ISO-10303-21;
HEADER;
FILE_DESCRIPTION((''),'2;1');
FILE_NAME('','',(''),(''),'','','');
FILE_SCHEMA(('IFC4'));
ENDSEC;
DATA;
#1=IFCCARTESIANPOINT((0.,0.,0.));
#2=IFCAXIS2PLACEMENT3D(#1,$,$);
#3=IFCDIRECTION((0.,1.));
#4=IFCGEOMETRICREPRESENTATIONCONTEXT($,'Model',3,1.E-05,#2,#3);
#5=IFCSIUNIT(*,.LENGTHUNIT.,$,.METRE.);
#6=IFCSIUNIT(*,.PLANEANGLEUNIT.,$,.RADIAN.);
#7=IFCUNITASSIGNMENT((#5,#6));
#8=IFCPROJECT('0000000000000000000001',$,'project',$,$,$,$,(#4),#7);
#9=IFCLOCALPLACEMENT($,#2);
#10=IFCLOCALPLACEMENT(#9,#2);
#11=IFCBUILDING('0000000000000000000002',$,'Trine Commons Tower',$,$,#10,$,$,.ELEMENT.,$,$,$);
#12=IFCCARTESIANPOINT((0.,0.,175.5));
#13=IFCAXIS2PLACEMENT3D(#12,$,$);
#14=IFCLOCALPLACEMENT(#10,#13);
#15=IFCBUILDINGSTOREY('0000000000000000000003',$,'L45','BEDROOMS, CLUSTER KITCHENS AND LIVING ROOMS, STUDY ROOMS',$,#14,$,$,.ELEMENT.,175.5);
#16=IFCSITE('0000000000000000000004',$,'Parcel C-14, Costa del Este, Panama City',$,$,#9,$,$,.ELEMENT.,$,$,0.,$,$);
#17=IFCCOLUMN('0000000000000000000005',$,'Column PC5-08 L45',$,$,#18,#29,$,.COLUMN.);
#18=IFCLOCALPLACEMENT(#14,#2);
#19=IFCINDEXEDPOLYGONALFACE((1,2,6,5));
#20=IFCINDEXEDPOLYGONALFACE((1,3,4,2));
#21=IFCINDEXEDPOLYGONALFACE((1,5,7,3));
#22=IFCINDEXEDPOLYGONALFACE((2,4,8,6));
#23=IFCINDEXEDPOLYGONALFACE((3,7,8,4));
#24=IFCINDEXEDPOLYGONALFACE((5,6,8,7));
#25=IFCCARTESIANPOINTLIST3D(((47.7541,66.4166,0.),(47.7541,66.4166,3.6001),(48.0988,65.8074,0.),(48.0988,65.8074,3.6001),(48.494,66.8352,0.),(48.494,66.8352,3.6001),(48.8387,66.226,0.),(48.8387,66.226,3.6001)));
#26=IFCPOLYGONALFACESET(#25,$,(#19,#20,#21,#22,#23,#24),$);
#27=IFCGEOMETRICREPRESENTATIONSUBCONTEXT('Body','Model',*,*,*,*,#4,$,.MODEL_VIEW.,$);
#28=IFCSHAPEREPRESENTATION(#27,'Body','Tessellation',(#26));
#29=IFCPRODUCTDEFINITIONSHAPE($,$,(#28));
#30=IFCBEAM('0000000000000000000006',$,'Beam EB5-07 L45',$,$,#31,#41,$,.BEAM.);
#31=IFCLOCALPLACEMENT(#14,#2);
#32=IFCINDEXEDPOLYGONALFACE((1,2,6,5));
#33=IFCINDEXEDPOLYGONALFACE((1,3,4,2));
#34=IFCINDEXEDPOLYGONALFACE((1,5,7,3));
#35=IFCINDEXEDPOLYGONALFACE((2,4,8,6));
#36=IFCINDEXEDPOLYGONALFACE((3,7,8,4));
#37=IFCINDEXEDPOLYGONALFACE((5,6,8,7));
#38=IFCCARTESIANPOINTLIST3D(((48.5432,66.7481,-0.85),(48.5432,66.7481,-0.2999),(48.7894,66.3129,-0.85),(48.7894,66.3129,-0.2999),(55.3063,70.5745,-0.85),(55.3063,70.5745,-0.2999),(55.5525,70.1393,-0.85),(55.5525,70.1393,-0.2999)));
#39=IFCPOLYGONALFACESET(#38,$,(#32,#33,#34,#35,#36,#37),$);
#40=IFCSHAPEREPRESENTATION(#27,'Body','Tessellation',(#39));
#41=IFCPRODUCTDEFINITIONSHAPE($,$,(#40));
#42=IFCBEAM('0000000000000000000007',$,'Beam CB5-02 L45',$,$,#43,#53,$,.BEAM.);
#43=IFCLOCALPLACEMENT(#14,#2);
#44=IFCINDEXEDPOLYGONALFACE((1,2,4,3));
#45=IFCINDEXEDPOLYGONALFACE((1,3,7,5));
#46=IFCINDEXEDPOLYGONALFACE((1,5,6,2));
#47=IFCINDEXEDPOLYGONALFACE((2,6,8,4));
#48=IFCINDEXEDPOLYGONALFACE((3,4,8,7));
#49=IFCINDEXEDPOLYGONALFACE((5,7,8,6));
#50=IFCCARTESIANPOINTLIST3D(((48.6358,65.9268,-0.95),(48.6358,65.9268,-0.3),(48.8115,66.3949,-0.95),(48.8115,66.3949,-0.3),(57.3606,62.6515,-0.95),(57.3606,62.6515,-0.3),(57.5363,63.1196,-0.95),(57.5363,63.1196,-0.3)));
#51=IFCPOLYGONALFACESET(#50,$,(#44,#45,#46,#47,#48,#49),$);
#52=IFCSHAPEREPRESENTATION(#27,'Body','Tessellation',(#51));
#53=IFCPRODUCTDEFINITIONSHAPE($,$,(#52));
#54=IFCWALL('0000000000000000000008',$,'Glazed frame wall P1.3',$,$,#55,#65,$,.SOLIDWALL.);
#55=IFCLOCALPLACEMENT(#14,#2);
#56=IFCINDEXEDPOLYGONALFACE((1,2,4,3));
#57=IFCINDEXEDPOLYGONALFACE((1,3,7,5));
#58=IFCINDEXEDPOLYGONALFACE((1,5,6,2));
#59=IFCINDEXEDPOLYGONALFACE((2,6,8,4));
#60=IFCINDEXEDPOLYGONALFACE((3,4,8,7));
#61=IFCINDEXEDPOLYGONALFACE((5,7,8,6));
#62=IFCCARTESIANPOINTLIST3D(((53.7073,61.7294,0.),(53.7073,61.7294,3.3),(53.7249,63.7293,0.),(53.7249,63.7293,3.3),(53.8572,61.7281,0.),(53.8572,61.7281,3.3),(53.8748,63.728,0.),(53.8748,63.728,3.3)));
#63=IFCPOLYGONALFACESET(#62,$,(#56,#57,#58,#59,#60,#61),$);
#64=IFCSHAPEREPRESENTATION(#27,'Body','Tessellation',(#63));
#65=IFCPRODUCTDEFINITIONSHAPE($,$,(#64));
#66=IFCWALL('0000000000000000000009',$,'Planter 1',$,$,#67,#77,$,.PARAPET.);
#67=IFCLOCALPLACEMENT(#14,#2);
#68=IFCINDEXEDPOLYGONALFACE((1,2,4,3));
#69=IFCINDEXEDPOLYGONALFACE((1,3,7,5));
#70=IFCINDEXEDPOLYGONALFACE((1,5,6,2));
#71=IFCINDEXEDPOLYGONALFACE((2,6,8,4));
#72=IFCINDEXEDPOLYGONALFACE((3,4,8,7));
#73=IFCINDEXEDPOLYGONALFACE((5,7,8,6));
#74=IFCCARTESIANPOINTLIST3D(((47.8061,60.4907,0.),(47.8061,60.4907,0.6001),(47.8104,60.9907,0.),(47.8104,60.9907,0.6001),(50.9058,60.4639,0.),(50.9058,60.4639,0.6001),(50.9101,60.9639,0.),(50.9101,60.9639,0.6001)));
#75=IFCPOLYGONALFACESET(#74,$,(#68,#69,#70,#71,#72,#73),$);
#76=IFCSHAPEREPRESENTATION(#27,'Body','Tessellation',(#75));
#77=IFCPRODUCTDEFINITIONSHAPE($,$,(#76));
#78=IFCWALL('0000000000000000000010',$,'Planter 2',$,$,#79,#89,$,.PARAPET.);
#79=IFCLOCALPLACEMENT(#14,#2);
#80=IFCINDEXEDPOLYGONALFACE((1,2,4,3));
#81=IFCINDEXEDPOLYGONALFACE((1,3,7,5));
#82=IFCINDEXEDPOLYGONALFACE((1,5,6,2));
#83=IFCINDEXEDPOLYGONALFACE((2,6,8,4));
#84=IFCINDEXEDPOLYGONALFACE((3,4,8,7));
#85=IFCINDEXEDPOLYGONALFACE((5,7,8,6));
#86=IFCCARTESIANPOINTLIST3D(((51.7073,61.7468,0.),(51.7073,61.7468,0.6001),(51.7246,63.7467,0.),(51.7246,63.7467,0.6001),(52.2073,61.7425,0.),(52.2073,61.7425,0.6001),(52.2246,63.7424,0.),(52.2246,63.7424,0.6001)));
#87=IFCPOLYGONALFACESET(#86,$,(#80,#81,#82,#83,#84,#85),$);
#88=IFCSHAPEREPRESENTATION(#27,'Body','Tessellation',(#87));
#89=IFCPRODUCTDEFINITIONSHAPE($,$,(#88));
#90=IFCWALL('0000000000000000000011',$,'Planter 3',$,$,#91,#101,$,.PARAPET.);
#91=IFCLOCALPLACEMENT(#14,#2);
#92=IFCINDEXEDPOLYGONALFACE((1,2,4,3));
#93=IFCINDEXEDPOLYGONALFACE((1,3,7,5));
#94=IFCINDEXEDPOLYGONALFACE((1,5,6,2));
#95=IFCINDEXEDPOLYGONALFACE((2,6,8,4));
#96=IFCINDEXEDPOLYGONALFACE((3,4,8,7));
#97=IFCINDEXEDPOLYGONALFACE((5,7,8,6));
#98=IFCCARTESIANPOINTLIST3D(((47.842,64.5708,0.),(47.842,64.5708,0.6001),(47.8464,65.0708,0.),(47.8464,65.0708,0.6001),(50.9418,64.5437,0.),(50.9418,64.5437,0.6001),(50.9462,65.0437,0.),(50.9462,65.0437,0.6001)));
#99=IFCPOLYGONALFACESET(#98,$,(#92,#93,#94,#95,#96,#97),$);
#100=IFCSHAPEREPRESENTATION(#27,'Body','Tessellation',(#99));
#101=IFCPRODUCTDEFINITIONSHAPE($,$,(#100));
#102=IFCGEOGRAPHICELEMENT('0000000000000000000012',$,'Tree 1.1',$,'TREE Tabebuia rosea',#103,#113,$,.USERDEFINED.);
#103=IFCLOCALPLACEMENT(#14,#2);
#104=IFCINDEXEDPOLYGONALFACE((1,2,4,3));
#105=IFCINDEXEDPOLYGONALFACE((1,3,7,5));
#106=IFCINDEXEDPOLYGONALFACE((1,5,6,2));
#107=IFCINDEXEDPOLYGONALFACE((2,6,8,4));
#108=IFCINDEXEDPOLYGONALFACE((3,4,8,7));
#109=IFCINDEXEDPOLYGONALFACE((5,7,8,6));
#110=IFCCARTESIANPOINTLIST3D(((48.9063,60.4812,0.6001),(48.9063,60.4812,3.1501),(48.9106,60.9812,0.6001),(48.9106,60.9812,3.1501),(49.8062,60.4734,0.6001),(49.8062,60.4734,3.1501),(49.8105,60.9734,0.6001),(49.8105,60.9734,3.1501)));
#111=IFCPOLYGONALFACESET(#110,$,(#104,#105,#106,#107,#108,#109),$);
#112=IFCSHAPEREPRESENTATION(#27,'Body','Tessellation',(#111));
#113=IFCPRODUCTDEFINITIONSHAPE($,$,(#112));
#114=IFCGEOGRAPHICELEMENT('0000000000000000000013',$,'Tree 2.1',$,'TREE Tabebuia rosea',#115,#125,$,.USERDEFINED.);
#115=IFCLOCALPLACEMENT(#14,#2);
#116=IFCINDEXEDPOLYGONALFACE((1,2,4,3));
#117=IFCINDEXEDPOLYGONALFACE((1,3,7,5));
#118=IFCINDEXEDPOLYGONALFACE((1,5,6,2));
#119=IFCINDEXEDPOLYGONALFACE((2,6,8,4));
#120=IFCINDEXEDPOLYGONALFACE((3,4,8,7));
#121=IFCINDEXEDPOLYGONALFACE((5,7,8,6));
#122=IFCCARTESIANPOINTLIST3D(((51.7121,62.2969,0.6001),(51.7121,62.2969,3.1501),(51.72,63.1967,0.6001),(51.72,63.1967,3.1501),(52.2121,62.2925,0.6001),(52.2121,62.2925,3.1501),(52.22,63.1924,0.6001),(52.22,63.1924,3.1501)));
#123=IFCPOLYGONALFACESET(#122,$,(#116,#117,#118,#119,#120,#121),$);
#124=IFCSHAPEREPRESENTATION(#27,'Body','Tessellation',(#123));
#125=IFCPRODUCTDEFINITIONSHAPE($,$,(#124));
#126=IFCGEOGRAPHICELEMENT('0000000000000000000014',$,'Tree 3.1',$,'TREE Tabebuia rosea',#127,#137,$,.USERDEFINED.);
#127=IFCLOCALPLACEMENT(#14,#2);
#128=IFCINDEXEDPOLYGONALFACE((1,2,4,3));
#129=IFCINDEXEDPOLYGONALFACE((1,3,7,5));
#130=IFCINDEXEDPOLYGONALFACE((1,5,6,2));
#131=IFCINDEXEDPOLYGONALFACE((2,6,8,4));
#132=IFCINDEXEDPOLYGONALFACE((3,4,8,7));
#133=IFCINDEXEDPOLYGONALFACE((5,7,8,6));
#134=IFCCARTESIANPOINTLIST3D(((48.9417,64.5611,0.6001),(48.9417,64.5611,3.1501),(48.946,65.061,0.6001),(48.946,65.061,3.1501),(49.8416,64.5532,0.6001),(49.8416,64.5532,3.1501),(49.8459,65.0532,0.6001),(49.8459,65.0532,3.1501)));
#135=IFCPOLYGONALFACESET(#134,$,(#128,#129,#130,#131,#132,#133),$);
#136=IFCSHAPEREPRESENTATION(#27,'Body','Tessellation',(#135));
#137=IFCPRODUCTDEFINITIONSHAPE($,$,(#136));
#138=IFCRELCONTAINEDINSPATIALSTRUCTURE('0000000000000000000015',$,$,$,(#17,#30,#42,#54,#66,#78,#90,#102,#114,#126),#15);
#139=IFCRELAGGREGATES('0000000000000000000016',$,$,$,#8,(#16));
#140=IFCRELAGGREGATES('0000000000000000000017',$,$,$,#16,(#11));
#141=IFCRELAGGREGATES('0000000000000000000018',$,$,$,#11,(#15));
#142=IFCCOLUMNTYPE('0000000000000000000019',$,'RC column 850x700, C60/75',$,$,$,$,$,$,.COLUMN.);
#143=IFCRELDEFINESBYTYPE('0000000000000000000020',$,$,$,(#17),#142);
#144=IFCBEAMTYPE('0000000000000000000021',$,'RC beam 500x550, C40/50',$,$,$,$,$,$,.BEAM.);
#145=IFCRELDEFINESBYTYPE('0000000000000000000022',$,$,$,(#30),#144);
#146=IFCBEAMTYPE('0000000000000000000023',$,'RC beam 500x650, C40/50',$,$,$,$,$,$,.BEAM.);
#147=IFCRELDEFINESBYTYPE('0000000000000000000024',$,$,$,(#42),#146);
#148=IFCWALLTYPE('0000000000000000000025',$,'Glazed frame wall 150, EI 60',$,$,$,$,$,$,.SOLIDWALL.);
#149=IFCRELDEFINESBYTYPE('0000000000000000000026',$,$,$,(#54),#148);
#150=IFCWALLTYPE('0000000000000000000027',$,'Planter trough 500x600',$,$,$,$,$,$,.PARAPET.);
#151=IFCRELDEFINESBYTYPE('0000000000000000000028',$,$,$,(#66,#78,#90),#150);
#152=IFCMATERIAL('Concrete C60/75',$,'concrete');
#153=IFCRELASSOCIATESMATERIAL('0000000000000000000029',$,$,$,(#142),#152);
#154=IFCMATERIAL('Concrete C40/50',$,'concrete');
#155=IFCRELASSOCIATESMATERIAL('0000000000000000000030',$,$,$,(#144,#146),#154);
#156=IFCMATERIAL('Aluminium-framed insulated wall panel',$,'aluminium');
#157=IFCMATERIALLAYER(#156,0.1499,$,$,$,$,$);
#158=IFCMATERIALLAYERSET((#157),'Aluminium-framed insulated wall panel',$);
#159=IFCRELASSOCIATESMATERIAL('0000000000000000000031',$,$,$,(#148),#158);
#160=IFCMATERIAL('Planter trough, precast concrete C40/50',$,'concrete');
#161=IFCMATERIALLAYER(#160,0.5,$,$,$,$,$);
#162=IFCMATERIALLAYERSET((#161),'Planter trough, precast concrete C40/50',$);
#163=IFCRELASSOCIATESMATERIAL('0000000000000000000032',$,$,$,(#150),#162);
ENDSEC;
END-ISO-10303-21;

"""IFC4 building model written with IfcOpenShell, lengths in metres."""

from ifc_helpers import new_model, si_unit, direction, frame, frame_2d, origin, origin_2d, place, context, subcontext, project, spatial, polyline, rectangle, outline, extrude, material, layer, layer_set, material_profile, profile_set, type_object, element, save


model = new_model("IFC4")

# Units and contexts
model_context = context("Model", 3, precision=1e-05, world=origin(), true_north=direction((0.0, 1.0)))
body_context = subcontext(model_context, "Body", "Model", "MODEL_VIEW")
ifc_project = project(units=[si_unit("LENGTHUNIT", "METRE"), si_unit("PLANEANGLEUNIT", "RADIAN")], contexts=[model_context])

# Site, building, storey
site_placement = place(None, origin())
site = spatial("IfcSite", under=ifc_project, at=site_placement, Name="Parcel C-14, Costa del Este, Panama City", CompositionType="ELEMENT", RefElevation=0.0)
building_placement = place(site_placement, origin())
building = spatial("IfcBuilding", under=site, at=building_placement, Name="Trine Commons Tower", CompositionType="ELEMENT")
storey_placement = place(building_placement, frame((0.0, 0.0, 175.5)))
storey = spatial("IfcBuildingStorey", under=building, at=storey_placement, Name="L45", Description="BEDROOMS, CLUSTER KITCHENS AND LIVING ROOMS, STUDY ROOMS", CompositionType="ELEMENT", Elevation=175.5)

# Column
ifc_material_1 = material(Name="Concrete C60/75", Category="concrete")
ifc_material_profile_1 = material_profile(ifc_material_1, rectangle(XDim=0.8501, YDim=0.7, at=origin_2d()), Name="RC 850x700")
ifc_profile_set_1 = profile_set([ifc_material_profile_1], Name="Concrete C60/75")
column_type = type_object("IfcColumnType", Name="RC column 850x700, C60/75", PredefinedType="COLUMN", material=ifc_profile_set_1)
column_placement = place(storey_placement, frame((48.2964, 66.3213, 0.0), z_axis=(0.0, 0.0, 1.0), x_axis=(0.870356, 0.492424, 0.0)))
element("IfcColumn", 1, at=column_placement, inside=storey, type_object=column_type, Name="Column PC5-08 L45", PredefinedType="COLUMN", context=body_context, shape_type="SweptSolid", body=[
    extrude(rectangle(XDim=0.8501, YDim=0.7, at=origin_2d()), origin(), (0.0, 0.0, 1.0), 3.6001),
])

# Beams
ifc_material_2 = material(Name="Concrete C40/50", Category="concrete")
ifc_material_profile_2 = material_profile(ifc_material_2, rectangle(XDim=0.5, YDim=0.55, at=origin_2d()), Name="RC 500x550")
ifc_profile_set_2 = profile_set([ifc_material_profile_2], Name="Concrete C40/50")
beam_type_1 = type_object("IfcBeamType", Name="RC beam 500x550, C40/50", PredefinedType="BEAM", material=ifc_profile_set_2)
beam_1_placement = place(storey_placement, frame((48.6663, 66.5305, -0.575), z_axis=(0.870356, 0.492423, 0.0), x_axis=(-0.492423, 0.870356, 0.0)))
element("IfcBeam", 2, at=beam_1_placement, inside=storey, type_object=beam_type_1, Name="Beam EB5-07 L45", PredefinedType="BEAM", context=body_context, shape_type="SweptSolid", body=[
    extrude(rectangle(XDim=0.5, YDim=0.55, at=origin_2d()), origin(), (0.0, 0.0, 1.0), 7.7705),
])
ifc_material_profile_3 = material_profile(ifc_material_2, rectangle(XDim=0.5, YDim=0.6499, at=origin_2d()), Name="RC 500x650")
ifc_profile_set_3 = profile_set([ifc_material_profile_3], Name="Concrete C40/50")
beam_type_2 = type_object("IfcBeamType", Name="RC beam 500x650, C40/50", PredefinedType="BEAM", material=ifc_profile_set_3)
beam_2_placement = place(storey_placement, frame((48.7236, 66.1609, -0.625), z_axis=(0.936203, -0.351459, 0.0), x_axis=(0.351459, 0.936203, 0.0)))
element("IfcBeam", 3, at=beam_2_placement, inside=storey, type_object=beam_type_2, Name="Beam CB5-02 L45", PredefinedType="BEAM", context=body_context, shape_type="SweptSolid", body=[
    extrude(rectangle(XDim=0.5, YDim=0.6499, at=origin_2d()), origin(), (0.0, 0.0, 1.0), 9.3193),
])

# Wall
ifc_material_3 = material(Name="Aluminium-framed insulated wall panel", Category="aluminium")
ifc_layer_1 = layer(ifc_material_3, 0.1499)
ifc_layer_set_1 = layer_set([ifc_layer_1], Name="Aluminium-framed insulated wall panel")
wall_type_1 = type_object("IfcWallType", Name="Glazed frame wall 150, EI 60", PredefinedType="SOLIDWALL", material=ifc_layer_set_1)
wall_1_placement = place(storey_placement, frame((53.7822, 61.7288, 0.0), z_axis=(0.0, 0.0, 1.0), x_axis=(0.008789, 0.999961, 0.0)))
element("IfcWall", 4, at=wall_1_placement, inside=storey, type_object=wall_type_1, Name="Glazed frame wall P1.3", PredefinedType="SOLIDWALL", context=body_context, shape_type="SweptSolid", body=[
    extrude(outline(polyline([(0.0, -0.075), (2.0, -0.075), (2.0, 0.075), (0.0, 0.075), (0.0, -0.075)])), origin(), (0.0, 0.0, 1.0), 3.3),
])

# Walls
ifc_material_4 = material(Name="Planter trough, precast concrete C40/50", Category="concrete")
ifc_layer_2 = layer(ifc_material_4, 0.5)
ifc_layer_set_2 = layer_set([ifc_layer_2], Name="Planter trough, precast concrete C40/50")
wall_type_2 = type_object("IfcWallType", Name="Planter trough 500x600", PredefinedType="PARAPET", material=ifc_layer_set_2)
wall_2_placement = place(storey_placement, frame((47.8083, 60.7407, 0.0), z_axis=(0.0, 0.0, 1.0), x_axis=(0.999962, -0.008663, 0.0)))
element("IfcWall", 5, at=wall_2_placement, inside=storey, type_object=wall_type_2, Name="Planter 1", PredefinedType="PARAPET", context=body_context, shape_type="SweptSolid", body=[
    extrude(rectangle(XDim=3.0999, YDim=0.5, at=frame_2d((1.5498, 0.0))), origin(), (0.0, 0.0, 1.0), 0.6001),
])
wall_3_placement = place(storey_placement, frame((51.9573, 61.7446, 0.0), z_axis=(0.0, 0.0, 1.0), x_axis=(0.008667, 0.999962, 0.0)))
element("IfcWall", 6, at=wall_3_placement, inside=storey, type_object=wall_type_2, Name="Planter 2", PredefinedType="PARAPET", context=body_context, shape_type="SweptSolid", body=[
    extrude(rectangle(XDim=2.0, YDim=0.5, at=frame_2d((1.0, 0.0))), origin(), (0.0, 0.0, 1.0), 0.6001),
])
wall_4_placement = place(storey_placement, frame((50.9438, 64.7937, 0.0), z_axis=(0.0, 0.0, 1.0), x_axis=(-0.999962, 0.008742, 0.0)))
element("IfcWall", 7, at=wall_4_placement, inside=storey, type_object=wall_type_2, Name="Planter 3", PredefinedType="PARAPET", context=body_context, shape_type="SweptSolid", body=[
    extrude(rectangle(XDim=3.0999, YDim=0.5, at=frame_2d((1.5498, 0.0))), origin(), (0.0, 0.0, 1.0), 0.6001),
])

# Geographic elements
for number, where, z_axis, x_axis, name in (
    (8, (49.3584, 60.7273, 0.6001), (0.0, 0.0, 1.0), (0.999962, -0.008727, 0.0), "Tree 1.1"),
    (9, (51.9661, 62.7446, 0.6001), (0.0, 0.0, 1.0), (0.008727, 0.999962, 0.0), "Tree 2.1"),
    (10, (49.3938, 64.8071, 0.6001), (0.0, 0.0, 1.0), (-0.999962, 0.008727, 0.0), "Tree 3.1"),
):
    element("IfcGeographicElement", number, at=place(storey_placement, frame(where, z_axis=z_axis, x_axis=x_axis)), inside=storey, Name=name, ObjectType="TREE Tabebuia rosea", PredefinedType="USERDEFINED", context=body_context, shape_type="SweptSolid", body=[
        extrude(rectangle(XDim=0.8999, YDim=0.5, at=origin_2d()), origin(), (0.0, 0.0, 1.0), 2.55),
    ])

save(model, "model.ifc")
